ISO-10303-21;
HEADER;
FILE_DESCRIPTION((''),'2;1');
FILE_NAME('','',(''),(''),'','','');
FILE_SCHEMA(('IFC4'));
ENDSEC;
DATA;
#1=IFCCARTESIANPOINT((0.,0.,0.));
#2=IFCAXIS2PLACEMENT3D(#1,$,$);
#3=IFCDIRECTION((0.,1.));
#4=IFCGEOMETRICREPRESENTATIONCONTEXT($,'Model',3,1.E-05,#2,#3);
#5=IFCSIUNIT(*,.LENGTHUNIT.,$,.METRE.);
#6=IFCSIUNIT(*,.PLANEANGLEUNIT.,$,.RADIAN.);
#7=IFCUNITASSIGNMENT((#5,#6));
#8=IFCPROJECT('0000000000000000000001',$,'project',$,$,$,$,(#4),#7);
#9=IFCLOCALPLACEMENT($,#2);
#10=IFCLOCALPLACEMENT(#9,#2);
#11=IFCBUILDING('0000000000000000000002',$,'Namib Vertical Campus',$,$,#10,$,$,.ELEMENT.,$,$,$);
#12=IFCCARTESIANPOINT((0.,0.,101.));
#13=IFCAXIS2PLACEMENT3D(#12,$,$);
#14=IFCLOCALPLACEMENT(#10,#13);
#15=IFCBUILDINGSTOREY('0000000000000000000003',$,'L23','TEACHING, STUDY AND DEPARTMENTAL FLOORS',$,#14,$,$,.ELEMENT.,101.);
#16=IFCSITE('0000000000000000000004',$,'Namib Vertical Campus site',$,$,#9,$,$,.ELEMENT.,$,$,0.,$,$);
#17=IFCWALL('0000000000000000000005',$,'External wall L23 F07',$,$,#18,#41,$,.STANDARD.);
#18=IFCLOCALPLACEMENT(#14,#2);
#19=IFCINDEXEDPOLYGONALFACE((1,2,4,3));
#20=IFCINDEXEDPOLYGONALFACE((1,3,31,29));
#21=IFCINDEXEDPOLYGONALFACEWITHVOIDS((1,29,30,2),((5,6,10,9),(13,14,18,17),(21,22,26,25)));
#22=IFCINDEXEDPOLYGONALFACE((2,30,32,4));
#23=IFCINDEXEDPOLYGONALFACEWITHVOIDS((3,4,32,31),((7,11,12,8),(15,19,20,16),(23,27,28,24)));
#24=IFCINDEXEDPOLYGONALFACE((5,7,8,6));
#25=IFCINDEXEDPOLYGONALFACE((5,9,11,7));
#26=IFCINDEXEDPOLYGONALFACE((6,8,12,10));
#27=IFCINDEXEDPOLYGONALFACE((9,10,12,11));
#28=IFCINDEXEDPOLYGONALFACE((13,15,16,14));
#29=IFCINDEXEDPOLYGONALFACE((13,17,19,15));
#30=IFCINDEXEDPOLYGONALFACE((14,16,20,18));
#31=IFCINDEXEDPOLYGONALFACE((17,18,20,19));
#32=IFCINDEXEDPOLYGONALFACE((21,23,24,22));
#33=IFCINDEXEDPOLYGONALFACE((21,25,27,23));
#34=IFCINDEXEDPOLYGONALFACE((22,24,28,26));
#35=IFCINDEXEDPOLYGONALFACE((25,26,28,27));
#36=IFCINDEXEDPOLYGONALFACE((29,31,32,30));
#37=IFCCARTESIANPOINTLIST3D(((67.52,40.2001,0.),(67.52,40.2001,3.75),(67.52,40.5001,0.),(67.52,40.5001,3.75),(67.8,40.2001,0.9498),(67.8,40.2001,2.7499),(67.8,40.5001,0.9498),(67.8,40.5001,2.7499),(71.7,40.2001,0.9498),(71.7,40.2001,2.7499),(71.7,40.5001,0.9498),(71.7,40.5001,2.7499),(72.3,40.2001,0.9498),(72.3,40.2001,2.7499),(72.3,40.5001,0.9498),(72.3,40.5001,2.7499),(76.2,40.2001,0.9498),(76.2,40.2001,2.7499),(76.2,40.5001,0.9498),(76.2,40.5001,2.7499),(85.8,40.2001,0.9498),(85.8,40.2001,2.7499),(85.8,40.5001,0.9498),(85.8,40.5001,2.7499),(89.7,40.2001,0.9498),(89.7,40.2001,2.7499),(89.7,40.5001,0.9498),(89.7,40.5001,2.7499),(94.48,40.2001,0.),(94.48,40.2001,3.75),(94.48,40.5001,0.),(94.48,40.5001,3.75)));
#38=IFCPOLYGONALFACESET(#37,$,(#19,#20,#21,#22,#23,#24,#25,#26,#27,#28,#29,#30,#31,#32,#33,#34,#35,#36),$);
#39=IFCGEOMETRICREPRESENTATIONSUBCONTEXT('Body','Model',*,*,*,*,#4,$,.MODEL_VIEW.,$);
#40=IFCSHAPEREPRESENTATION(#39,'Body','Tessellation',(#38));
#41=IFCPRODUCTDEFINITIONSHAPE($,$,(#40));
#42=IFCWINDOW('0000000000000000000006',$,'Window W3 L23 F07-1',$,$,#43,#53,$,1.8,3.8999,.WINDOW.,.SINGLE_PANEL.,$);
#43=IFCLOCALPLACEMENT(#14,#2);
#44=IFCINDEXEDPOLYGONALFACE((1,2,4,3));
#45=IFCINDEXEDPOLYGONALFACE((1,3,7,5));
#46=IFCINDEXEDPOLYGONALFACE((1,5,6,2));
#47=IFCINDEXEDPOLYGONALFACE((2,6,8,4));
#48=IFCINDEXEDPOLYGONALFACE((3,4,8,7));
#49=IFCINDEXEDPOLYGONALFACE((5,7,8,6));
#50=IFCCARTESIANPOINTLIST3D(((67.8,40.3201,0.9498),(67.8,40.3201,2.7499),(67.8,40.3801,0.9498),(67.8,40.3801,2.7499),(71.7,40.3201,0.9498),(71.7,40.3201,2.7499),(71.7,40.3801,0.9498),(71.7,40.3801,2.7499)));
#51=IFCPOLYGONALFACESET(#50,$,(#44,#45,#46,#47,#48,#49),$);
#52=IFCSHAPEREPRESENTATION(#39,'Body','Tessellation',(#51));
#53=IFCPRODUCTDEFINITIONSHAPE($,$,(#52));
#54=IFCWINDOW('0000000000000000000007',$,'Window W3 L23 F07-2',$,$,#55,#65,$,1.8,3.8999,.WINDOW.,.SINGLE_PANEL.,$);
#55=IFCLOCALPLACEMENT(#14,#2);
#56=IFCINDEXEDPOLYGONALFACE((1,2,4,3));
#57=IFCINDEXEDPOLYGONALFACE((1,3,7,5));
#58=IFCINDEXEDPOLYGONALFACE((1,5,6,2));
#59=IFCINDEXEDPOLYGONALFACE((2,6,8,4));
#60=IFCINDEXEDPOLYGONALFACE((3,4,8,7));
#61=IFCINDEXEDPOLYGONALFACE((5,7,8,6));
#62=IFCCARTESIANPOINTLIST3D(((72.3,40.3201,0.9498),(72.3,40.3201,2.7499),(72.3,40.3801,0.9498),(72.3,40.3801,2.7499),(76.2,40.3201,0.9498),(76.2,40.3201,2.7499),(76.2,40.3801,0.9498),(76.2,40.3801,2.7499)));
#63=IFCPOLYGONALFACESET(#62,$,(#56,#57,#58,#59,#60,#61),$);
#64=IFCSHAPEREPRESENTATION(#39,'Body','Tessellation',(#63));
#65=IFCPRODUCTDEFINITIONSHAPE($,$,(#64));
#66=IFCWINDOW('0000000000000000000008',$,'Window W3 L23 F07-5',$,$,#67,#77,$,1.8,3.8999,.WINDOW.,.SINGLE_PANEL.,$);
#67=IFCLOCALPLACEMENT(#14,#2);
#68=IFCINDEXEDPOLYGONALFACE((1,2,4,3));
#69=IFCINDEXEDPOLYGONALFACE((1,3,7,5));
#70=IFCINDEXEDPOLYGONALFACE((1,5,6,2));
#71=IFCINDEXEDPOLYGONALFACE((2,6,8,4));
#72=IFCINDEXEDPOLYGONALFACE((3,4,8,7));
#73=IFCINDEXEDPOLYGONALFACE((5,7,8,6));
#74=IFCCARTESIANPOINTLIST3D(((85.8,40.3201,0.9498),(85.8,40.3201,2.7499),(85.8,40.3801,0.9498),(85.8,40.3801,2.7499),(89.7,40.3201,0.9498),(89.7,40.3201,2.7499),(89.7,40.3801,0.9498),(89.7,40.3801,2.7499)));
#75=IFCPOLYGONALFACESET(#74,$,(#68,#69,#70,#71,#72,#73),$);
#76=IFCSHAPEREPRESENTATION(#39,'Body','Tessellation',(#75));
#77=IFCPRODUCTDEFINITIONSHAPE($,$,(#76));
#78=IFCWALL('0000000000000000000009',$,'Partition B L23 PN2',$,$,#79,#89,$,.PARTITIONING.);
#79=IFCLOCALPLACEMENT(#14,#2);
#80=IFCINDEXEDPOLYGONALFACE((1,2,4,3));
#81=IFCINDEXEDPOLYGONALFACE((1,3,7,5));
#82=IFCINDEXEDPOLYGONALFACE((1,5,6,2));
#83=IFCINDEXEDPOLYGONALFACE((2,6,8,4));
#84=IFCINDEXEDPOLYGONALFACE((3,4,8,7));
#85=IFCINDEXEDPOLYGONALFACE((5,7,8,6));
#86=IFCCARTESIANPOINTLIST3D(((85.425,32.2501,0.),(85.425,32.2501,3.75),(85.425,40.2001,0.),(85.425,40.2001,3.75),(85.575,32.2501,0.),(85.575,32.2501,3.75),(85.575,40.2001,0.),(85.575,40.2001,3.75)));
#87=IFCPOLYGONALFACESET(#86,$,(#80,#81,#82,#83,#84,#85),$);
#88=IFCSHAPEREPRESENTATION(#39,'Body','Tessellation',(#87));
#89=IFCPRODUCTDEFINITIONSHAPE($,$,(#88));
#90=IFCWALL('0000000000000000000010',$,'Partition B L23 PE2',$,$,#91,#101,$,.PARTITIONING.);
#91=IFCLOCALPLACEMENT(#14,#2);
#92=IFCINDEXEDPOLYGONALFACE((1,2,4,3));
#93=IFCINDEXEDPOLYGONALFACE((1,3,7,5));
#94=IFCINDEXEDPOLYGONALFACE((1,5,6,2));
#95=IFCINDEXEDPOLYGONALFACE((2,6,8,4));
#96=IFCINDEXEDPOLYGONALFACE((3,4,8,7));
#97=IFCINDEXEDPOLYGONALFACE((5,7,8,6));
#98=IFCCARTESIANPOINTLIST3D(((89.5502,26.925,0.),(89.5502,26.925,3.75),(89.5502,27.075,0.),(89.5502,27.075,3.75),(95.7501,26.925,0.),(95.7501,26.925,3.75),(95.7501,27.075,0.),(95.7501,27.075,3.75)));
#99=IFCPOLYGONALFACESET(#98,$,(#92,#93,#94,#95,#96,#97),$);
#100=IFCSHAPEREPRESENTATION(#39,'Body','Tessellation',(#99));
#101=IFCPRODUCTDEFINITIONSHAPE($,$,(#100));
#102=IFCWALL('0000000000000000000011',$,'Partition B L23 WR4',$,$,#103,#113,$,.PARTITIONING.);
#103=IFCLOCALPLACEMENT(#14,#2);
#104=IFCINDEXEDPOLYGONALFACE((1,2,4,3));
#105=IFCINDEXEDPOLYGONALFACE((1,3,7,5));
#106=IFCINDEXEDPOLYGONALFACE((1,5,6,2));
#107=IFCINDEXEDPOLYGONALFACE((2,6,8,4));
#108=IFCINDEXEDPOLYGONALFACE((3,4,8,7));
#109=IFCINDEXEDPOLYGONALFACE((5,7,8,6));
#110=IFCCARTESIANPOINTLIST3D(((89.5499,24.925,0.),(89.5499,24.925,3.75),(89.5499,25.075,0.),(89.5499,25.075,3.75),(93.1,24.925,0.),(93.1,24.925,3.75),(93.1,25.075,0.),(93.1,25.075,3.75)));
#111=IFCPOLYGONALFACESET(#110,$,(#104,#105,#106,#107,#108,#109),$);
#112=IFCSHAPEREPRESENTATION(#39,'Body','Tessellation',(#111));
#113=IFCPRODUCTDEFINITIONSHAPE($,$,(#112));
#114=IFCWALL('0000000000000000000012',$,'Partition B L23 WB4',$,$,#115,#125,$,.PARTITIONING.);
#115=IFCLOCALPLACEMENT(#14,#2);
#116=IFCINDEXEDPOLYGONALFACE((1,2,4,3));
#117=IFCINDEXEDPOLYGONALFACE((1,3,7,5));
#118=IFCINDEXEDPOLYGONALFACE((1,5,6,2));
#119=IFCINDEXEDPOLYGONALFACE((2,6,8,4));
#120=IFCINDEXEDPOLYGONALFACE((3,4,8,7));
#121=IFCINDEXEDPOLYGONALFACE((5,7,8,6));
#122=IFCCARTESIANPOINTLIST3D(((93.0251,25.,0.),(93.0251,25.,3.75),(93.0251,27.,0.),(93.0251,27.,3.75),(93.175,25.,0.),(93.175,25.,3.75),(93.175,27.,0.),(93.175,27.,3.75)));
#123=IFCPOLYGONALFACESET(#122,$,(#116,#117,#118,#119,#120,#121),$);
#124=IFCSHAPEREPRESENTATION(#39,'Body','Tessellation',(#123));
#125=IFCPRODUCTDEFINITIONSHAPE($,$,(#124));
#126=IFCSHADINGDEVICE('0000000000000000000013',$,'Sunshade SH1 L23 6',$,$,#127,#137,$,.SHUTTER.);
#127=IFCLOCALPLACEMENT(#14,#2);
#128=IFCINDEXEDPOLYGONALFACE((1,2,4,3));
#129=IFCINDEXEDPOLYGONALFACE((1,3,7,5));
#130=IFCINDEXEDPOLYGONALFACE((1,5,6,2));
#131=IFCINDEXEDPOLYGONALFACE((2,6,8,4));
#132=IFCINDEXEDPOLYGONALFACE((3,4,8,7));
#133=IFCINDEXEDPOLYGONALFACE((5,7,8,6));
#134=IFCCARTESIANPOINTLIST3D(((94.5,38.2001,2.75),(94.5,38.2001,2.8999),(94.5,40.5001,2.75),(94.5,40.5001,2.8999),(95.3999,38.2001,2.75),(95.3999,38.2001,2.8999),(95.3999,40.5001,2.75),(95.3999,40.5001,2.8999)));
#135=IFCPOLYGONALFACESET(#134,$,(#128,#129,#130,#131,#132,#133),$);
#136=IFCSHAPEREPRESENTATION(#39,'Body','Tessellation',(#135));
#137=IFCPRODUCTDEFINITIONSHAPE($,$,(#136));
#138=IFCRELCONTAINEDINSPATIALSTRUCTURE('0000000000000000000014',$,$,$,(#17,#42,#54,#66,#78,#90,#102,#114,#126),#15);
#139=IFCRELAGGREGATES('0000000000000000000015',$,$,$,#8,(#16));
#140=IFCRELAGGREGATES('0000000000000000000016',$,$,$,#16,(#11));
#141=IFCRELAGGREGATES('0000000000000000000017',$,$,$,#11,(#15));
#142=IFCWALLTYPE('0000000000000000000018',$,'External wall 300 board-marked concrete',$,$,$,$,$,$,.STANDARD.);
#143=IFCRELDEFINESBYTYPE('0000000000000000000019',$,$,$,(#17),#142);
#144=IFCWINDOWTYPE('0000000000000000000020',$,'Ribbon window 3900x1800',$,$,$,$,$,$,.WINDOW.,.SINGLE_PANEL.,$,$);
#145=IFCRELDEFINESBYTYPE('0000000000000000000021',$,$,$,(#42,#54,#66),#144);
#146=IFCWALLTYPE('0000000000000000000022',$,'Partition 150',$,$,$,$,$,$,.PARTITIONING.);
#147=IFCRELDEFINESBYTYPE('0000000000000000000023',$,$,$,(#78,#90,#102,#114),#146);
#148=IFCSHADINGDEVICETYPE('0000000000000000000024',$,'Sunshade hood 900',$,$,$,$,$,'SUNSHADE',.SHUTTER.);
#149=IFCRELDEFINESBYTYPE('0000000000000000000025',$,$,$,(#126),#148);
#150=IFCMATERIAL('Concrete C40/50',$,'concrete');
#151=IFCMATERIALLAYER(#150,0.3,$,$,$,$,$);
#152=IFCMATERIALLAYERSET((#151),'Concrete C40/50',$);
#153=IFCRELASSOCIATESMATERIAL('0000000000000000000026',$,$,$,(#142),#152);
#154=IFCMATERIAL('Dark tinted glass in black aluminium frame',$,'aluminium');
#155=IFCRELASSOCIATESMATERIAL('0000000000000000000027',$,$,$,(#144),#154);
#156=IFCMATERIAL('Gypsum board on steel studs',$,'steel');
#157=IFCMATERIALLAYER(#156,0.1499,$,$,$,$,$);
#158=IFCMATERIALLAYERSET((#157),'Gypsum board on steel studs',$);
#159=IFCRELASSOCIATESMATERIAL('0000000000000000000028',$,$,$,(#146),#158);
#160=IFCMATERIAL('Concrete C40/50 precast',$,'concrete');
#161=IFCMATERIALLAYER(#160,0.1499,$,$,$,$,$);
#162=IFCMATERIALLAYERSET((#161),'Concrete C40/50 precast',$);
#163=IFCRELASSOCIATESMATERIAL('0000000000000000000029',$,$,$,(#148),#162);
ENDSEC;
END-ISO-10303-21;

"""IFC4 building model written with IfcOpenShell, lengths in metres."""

from ifc_helpers import new_model, si_unit, direction, frame, frame_2d, origin, origin_2d, place, context, subcontext, project, spatial, rectangle, extrude, material, layer, layer_set, type_object, element, fill, save


model = new_model("IFC4")

# Units and contexts
model_context = context("Model", 3, precision=1e-05, world=origin(), true_north=direction((0.0, 1.0)))
body_context = subcontext(model_context, "Body", "Model", "MODEL_VIEW")
ifc_project = project(units=[si_unit("LENGTHUNIT", "METRE"), si_unit("PLANEANGLEUNIT", "RADIAN")], contexts=[model_context])

# Site, building, storey
site_placement = place(None, origin())
site = spatial("IfcSite", under=ifc_project, at=site_placement, Name="Namib Vertical Campus site", CompositionType="ELEMENT", RefElevation=0.0)
building_placement = place(site_placement, origin())
building = spatial("IfcBuilding", under=site, at=building_placement, Name="Namib Vertical Campus", CompositionType="ELEMENT")
storey_placement = place(building_placement, frame((0.0, 0.0, 101.0)))
storey = spatial("IfcBuildingStorey", under=building, at=storey_placement, Name="L23", Description="TEACHING, STUDY AND DEPARTMENTAL FLOORS", CompositionType="ELEMENT", Elevation=101.0)

# Shared definitions
ifc_material_1 = material(Name="Concrete C40/50", Category="concrete")
ifc_layer_1 = layer(ifc_material_1, 0.3)
ifc_layer_set_1 = layer_set([ifc_layer_1], Name="Concrete C40/50")
wall_type_1 = type_object("IfcWallType", Name="External wall 300 board-marked concrete", PredefinedType="STANDARD", material=ifc_layer_set_1)

# Wall, openings, windows
wall_1_placement = place(storey_placement, frame((94.48, 40.3501, 0.0), z_axis=(0.0, 0.0, 1.0), x_axis=(-1.0, 0.0, 0.0)))
wall_1 = element("IfcWall", 1, at=wall_1_placement, inside=storey, type_object=wall_type_1, Name="External wall L23 F07", PredefinedType="STANDARD", context=body_context, shape_type="SweptSolid", body=[
    extrude(rectangle(XDim=26.96, YDim=0.3, at=frame_2d((13.48, 0.0))), origin(), (0.0, 0.0, 1.0), 3.75),
])
opening_1_placement = place(wall_1_placement, frame((22.78, 0.0, 0.95)))
opening_1 = element("IfcOpeningElement", 2, at=opening_1_placement, cuts=wall_1, PredefinedType="OPENING", context=body_context, shape_type="SweptSolid", body=[
    extrude(rectangle(XDim=3.8999, YDim=1.8, at=frame_2d((1.95, 0.8999))), frame((0.0, 0.1599, 0.0), z_axis=(0.0, -1.0, 0.0), x_axis=(1.0, 0.0, 0.0)), (0.0, 0.0, 1.0), 0.3201),
])
opening_2_placement = place(wall_1_placement, frame((18.28, 0.0, 0.95)))
opening_2 = element("IfcOpeningElement", 3, at=opening_2_placement, cuts=wall_1, PredefinedType="OPENING", context=body_context, shape_type="SweptSolid", body=[
    extrude(rectangle(XDim=3.8999, YDim=1.8, at=frame_2d((1.95, 0.8999))), frame((0.0, 0.1599, 0.0), z_axis=(0.0, -1.0, 0.0), x_axis=(1.0, 0.0, 0.0)), (0.0, 0.0, 1.0), 0.3201),
])
opening_3_placement = place(wall_1_placement, frame((4.78, 0.0, 0.95)))
opening_3 = element("IfcOpeningElement", 4, at=opening_3_placement, cuts=wall_1, PredefinedType="OPENING", context=body_context, shape_type="SweptSolid", body=[
    extrude(rectangle(XDim=3.8999, YDim=1.8, at=frame_2d((1.95, 0.8999))), frame((0.0, 0.1599, 0.0), z_axis=(0.0, -1.0, 0.0), x_axis=(1.0, 0.0, 0.0)), (0.0, 0.0, 1.0), 0.3201),
])
ifc_material_2 = material(Name="Dark tinted glass in black aluminium frame", Category="aluminium")
window_type = type_object("IfcWindowType", Name="Ribbon window 3900x1800", PartitioningType="SINGLE_PANEL", PredefinedType="WINDOW", material=ifc_material_2)
window_1_placement = place(opening_1_placement, origin())
window_1 = element("IfcWindow", 5, at=window_1_placement, inside=storey, type_object=window_type, Name="Window W3 L23 F07-1", OverallHeight=1.8, OverallWidth=3.8999, PartitioningType="SINGLE_PANEL", PredefinedType="WINDOW", context=body_context, shape_type="SweptSolid", body=[
    extrude(rectangle(XDim=3.8999, YDim=1.8, at=frame_2d((1.95, 0.8999))), frame((0.0, 0.03, 0.0), z_axis=(0.0, -1.0, 0.0), x_axis=(1.0, 0.0, 0.0)), (0.0, 0.0, 1.0), 0.0601),
])
fill(opening_1, window_1)
window_2_placement = place(opening_2_placement, origin())
window_2 = element("IfcWindow", 6, at=window_2_placement, inside=storey, type_object=window_type, Name="Window W3 L23 F07-2", OverallHeight=1.8, OverallWidth=3.8999, PartitioningType="SINGLE_PANEL", PredefinedType="WINDOW", context=body_context, shape_type="SweptSolid", body=[
    extrude(rectangle(XDim=3.8999, YDim=1.8, at=frame_2d((1.95, 0.8999))), frame((0.0, 0.03, 0.0), z_axis=(0.0, -1.0, 0.0), x_axis=(1.0, 0.0, 0.0)), (0.0, 0.0, 1.0), 0.0601),
])
fill(opening_2, window_2)
window_3_placement = place(opening_3_placement, origin())
window_3 = element("IfcWindow", 7, at=window_3_placement, inside=storey, type_object=window_type, Name="Window W3 L23 F07-5", OverallHeight=1.8, OverallWidth=3.8999, PartitioningType="SINGLE_PANEL", PredefinedType="WINDOW", context=body_context, shape_type="SweptSolid", body=[
    extrude(rectangle(XDim=3.8999, YDim=1.8, at=frame_2d((1.95, 0.8999))), frame((0.0, 0.03, 0.0), z_axis=(0.0, -1.0, 0.0), x_axis=(1.0, 0.0, 0.0)), (0.0, 0.0, 1.0), 0.0601),
])
fill(opening_3, window_3)

# Walls
ifc_material_3 = material(Name="Gypsum board on steel studs", Category="steel")
ifc_layer_2 = layer(ifc_material_3, 0.1499)
ifc_layer_set_2 = layer_set([ifc_layer_2], Name="Gypsum board on steel studs")
wall_type_2 = type_object("IfcWallType", Name="Partition 150", PredefinedType="PARTITIONING", material=ifc_layer_set_2)
wall_2_placement = place(storey_placement, frame((85.5, 32.25, 0.0), z_axis=(0.0, 0.0, 1.0), x_axis=(0.0, 1.0, 0.0)))
element("IfcWall", 8, at=wall_2_placement, inside=storey, type_object=wall_type_2, Name="Partition B L23 PN2", PredefinedType="PARTITIONING", context=body_context, shape_type="SweptSolid", body=[
    extrude(rectangle(XDim=7.95, YDim=0.1499, at=frame_2d((3.9751, 0.0))), origin(), (0.0, 0.0, 1.0), 3.75),
])
wall_3_placement = place(storey_placement, frame((89.55, 27.0, 0.0), z_axis=(0.0, 0.0, 1.0), x_axis=(1.0, 0.0, 0.0)))
element("IfcWall", 9, at=wall_3_placement, inside=storey, type_object=wall_type_2, Name="Partition B L23 PE2", PredefinedType="PARTITIONING", context=body_context, shape_type="SweptSolid", body=[
    extrude(rectangle(XDim=6.2, YDim=0.1499, at=frame_2d((3.1001, 0.0))), origin(), (0.0, 0.0, 1.0), 3.75),
])
wall_4_placement = place(storey_placement, frame((89.55, 25.0, 0.0), z_axis=(0.0, 0.0, 1.0), x_axis=(1.0, 0.0, 0.0)))
element("IfcWall", 10, at=wall_4_placement, inside=storey, type_object=wall_type_2, Name="Partition B L23 WR4", PredefinedType="PARTITIONING", context=body_context, shape_type="SweptSolid", body=[
    extrude(rectangle(XDim=3.55, YDim=0.1499, at=frame_2d((1.7749, 0.0))), origin(), (0.0, 0.0, 1.0), 3.75),
])
wall_5_placement = place(storey_placement, frame((93.1001, 25.0, 0.0), z_axis=(0.0, 0.0, 1.0), x_axis=(0.0, 1.0, 0.0)))
element("IfcWall", 11, at=wall_5_placement, inside=storey, type_object=wall_type_2, Name="Partition B L23 WB4", PredefinedType="PARTITIONING", context=body_context, shape_type="SweptSolid", body=[
    extrude(rectangle(XDim=2.0, YDim=0.1499, at=frame_2d((1.0, 0.0))), origin(), (0.0, 0.0, 1.0), 3.75),
])

# Shading device
ifc_material_4 = material(Name="Concrete C40/50 precast", Category="concrete")
ifc_layer_3 = layer(ifc_material_4, 0.1499)
ifc_layer_set_3 = layer_set([ifc_layer_3], Name="Concrete C40/50 precast")
shading_device_type = type_object("IfcShadingDeviceType", Name="Sunshade hood 900", ElementType="SUNSHADE", PredefinedType="SHUTTER", material=ifc_layer_set_3)
shading_device_placement = place(storey_placement, frame((94.95, 39.3501, 2.75), z_axis=(0.0, 0.0, 1.0), x_axis=(0.0, 1.0, 0.0)))
element("IfcShadingDevice", 12, at=shading_device_placement, inside=storey, type_object=shading_device_type, Name="Sunshade SH1 L23 6", PredefinedType="SHUTTER", context=body_context, shape_type="SweptSolid", body=[
    extrude(rectangle(XDim=2.3, YDim=0.8999, at=origin_2d()), origin(), (0.0, 0.0, 1.0), 0.1499),
])

save(model, "model.ifc")
